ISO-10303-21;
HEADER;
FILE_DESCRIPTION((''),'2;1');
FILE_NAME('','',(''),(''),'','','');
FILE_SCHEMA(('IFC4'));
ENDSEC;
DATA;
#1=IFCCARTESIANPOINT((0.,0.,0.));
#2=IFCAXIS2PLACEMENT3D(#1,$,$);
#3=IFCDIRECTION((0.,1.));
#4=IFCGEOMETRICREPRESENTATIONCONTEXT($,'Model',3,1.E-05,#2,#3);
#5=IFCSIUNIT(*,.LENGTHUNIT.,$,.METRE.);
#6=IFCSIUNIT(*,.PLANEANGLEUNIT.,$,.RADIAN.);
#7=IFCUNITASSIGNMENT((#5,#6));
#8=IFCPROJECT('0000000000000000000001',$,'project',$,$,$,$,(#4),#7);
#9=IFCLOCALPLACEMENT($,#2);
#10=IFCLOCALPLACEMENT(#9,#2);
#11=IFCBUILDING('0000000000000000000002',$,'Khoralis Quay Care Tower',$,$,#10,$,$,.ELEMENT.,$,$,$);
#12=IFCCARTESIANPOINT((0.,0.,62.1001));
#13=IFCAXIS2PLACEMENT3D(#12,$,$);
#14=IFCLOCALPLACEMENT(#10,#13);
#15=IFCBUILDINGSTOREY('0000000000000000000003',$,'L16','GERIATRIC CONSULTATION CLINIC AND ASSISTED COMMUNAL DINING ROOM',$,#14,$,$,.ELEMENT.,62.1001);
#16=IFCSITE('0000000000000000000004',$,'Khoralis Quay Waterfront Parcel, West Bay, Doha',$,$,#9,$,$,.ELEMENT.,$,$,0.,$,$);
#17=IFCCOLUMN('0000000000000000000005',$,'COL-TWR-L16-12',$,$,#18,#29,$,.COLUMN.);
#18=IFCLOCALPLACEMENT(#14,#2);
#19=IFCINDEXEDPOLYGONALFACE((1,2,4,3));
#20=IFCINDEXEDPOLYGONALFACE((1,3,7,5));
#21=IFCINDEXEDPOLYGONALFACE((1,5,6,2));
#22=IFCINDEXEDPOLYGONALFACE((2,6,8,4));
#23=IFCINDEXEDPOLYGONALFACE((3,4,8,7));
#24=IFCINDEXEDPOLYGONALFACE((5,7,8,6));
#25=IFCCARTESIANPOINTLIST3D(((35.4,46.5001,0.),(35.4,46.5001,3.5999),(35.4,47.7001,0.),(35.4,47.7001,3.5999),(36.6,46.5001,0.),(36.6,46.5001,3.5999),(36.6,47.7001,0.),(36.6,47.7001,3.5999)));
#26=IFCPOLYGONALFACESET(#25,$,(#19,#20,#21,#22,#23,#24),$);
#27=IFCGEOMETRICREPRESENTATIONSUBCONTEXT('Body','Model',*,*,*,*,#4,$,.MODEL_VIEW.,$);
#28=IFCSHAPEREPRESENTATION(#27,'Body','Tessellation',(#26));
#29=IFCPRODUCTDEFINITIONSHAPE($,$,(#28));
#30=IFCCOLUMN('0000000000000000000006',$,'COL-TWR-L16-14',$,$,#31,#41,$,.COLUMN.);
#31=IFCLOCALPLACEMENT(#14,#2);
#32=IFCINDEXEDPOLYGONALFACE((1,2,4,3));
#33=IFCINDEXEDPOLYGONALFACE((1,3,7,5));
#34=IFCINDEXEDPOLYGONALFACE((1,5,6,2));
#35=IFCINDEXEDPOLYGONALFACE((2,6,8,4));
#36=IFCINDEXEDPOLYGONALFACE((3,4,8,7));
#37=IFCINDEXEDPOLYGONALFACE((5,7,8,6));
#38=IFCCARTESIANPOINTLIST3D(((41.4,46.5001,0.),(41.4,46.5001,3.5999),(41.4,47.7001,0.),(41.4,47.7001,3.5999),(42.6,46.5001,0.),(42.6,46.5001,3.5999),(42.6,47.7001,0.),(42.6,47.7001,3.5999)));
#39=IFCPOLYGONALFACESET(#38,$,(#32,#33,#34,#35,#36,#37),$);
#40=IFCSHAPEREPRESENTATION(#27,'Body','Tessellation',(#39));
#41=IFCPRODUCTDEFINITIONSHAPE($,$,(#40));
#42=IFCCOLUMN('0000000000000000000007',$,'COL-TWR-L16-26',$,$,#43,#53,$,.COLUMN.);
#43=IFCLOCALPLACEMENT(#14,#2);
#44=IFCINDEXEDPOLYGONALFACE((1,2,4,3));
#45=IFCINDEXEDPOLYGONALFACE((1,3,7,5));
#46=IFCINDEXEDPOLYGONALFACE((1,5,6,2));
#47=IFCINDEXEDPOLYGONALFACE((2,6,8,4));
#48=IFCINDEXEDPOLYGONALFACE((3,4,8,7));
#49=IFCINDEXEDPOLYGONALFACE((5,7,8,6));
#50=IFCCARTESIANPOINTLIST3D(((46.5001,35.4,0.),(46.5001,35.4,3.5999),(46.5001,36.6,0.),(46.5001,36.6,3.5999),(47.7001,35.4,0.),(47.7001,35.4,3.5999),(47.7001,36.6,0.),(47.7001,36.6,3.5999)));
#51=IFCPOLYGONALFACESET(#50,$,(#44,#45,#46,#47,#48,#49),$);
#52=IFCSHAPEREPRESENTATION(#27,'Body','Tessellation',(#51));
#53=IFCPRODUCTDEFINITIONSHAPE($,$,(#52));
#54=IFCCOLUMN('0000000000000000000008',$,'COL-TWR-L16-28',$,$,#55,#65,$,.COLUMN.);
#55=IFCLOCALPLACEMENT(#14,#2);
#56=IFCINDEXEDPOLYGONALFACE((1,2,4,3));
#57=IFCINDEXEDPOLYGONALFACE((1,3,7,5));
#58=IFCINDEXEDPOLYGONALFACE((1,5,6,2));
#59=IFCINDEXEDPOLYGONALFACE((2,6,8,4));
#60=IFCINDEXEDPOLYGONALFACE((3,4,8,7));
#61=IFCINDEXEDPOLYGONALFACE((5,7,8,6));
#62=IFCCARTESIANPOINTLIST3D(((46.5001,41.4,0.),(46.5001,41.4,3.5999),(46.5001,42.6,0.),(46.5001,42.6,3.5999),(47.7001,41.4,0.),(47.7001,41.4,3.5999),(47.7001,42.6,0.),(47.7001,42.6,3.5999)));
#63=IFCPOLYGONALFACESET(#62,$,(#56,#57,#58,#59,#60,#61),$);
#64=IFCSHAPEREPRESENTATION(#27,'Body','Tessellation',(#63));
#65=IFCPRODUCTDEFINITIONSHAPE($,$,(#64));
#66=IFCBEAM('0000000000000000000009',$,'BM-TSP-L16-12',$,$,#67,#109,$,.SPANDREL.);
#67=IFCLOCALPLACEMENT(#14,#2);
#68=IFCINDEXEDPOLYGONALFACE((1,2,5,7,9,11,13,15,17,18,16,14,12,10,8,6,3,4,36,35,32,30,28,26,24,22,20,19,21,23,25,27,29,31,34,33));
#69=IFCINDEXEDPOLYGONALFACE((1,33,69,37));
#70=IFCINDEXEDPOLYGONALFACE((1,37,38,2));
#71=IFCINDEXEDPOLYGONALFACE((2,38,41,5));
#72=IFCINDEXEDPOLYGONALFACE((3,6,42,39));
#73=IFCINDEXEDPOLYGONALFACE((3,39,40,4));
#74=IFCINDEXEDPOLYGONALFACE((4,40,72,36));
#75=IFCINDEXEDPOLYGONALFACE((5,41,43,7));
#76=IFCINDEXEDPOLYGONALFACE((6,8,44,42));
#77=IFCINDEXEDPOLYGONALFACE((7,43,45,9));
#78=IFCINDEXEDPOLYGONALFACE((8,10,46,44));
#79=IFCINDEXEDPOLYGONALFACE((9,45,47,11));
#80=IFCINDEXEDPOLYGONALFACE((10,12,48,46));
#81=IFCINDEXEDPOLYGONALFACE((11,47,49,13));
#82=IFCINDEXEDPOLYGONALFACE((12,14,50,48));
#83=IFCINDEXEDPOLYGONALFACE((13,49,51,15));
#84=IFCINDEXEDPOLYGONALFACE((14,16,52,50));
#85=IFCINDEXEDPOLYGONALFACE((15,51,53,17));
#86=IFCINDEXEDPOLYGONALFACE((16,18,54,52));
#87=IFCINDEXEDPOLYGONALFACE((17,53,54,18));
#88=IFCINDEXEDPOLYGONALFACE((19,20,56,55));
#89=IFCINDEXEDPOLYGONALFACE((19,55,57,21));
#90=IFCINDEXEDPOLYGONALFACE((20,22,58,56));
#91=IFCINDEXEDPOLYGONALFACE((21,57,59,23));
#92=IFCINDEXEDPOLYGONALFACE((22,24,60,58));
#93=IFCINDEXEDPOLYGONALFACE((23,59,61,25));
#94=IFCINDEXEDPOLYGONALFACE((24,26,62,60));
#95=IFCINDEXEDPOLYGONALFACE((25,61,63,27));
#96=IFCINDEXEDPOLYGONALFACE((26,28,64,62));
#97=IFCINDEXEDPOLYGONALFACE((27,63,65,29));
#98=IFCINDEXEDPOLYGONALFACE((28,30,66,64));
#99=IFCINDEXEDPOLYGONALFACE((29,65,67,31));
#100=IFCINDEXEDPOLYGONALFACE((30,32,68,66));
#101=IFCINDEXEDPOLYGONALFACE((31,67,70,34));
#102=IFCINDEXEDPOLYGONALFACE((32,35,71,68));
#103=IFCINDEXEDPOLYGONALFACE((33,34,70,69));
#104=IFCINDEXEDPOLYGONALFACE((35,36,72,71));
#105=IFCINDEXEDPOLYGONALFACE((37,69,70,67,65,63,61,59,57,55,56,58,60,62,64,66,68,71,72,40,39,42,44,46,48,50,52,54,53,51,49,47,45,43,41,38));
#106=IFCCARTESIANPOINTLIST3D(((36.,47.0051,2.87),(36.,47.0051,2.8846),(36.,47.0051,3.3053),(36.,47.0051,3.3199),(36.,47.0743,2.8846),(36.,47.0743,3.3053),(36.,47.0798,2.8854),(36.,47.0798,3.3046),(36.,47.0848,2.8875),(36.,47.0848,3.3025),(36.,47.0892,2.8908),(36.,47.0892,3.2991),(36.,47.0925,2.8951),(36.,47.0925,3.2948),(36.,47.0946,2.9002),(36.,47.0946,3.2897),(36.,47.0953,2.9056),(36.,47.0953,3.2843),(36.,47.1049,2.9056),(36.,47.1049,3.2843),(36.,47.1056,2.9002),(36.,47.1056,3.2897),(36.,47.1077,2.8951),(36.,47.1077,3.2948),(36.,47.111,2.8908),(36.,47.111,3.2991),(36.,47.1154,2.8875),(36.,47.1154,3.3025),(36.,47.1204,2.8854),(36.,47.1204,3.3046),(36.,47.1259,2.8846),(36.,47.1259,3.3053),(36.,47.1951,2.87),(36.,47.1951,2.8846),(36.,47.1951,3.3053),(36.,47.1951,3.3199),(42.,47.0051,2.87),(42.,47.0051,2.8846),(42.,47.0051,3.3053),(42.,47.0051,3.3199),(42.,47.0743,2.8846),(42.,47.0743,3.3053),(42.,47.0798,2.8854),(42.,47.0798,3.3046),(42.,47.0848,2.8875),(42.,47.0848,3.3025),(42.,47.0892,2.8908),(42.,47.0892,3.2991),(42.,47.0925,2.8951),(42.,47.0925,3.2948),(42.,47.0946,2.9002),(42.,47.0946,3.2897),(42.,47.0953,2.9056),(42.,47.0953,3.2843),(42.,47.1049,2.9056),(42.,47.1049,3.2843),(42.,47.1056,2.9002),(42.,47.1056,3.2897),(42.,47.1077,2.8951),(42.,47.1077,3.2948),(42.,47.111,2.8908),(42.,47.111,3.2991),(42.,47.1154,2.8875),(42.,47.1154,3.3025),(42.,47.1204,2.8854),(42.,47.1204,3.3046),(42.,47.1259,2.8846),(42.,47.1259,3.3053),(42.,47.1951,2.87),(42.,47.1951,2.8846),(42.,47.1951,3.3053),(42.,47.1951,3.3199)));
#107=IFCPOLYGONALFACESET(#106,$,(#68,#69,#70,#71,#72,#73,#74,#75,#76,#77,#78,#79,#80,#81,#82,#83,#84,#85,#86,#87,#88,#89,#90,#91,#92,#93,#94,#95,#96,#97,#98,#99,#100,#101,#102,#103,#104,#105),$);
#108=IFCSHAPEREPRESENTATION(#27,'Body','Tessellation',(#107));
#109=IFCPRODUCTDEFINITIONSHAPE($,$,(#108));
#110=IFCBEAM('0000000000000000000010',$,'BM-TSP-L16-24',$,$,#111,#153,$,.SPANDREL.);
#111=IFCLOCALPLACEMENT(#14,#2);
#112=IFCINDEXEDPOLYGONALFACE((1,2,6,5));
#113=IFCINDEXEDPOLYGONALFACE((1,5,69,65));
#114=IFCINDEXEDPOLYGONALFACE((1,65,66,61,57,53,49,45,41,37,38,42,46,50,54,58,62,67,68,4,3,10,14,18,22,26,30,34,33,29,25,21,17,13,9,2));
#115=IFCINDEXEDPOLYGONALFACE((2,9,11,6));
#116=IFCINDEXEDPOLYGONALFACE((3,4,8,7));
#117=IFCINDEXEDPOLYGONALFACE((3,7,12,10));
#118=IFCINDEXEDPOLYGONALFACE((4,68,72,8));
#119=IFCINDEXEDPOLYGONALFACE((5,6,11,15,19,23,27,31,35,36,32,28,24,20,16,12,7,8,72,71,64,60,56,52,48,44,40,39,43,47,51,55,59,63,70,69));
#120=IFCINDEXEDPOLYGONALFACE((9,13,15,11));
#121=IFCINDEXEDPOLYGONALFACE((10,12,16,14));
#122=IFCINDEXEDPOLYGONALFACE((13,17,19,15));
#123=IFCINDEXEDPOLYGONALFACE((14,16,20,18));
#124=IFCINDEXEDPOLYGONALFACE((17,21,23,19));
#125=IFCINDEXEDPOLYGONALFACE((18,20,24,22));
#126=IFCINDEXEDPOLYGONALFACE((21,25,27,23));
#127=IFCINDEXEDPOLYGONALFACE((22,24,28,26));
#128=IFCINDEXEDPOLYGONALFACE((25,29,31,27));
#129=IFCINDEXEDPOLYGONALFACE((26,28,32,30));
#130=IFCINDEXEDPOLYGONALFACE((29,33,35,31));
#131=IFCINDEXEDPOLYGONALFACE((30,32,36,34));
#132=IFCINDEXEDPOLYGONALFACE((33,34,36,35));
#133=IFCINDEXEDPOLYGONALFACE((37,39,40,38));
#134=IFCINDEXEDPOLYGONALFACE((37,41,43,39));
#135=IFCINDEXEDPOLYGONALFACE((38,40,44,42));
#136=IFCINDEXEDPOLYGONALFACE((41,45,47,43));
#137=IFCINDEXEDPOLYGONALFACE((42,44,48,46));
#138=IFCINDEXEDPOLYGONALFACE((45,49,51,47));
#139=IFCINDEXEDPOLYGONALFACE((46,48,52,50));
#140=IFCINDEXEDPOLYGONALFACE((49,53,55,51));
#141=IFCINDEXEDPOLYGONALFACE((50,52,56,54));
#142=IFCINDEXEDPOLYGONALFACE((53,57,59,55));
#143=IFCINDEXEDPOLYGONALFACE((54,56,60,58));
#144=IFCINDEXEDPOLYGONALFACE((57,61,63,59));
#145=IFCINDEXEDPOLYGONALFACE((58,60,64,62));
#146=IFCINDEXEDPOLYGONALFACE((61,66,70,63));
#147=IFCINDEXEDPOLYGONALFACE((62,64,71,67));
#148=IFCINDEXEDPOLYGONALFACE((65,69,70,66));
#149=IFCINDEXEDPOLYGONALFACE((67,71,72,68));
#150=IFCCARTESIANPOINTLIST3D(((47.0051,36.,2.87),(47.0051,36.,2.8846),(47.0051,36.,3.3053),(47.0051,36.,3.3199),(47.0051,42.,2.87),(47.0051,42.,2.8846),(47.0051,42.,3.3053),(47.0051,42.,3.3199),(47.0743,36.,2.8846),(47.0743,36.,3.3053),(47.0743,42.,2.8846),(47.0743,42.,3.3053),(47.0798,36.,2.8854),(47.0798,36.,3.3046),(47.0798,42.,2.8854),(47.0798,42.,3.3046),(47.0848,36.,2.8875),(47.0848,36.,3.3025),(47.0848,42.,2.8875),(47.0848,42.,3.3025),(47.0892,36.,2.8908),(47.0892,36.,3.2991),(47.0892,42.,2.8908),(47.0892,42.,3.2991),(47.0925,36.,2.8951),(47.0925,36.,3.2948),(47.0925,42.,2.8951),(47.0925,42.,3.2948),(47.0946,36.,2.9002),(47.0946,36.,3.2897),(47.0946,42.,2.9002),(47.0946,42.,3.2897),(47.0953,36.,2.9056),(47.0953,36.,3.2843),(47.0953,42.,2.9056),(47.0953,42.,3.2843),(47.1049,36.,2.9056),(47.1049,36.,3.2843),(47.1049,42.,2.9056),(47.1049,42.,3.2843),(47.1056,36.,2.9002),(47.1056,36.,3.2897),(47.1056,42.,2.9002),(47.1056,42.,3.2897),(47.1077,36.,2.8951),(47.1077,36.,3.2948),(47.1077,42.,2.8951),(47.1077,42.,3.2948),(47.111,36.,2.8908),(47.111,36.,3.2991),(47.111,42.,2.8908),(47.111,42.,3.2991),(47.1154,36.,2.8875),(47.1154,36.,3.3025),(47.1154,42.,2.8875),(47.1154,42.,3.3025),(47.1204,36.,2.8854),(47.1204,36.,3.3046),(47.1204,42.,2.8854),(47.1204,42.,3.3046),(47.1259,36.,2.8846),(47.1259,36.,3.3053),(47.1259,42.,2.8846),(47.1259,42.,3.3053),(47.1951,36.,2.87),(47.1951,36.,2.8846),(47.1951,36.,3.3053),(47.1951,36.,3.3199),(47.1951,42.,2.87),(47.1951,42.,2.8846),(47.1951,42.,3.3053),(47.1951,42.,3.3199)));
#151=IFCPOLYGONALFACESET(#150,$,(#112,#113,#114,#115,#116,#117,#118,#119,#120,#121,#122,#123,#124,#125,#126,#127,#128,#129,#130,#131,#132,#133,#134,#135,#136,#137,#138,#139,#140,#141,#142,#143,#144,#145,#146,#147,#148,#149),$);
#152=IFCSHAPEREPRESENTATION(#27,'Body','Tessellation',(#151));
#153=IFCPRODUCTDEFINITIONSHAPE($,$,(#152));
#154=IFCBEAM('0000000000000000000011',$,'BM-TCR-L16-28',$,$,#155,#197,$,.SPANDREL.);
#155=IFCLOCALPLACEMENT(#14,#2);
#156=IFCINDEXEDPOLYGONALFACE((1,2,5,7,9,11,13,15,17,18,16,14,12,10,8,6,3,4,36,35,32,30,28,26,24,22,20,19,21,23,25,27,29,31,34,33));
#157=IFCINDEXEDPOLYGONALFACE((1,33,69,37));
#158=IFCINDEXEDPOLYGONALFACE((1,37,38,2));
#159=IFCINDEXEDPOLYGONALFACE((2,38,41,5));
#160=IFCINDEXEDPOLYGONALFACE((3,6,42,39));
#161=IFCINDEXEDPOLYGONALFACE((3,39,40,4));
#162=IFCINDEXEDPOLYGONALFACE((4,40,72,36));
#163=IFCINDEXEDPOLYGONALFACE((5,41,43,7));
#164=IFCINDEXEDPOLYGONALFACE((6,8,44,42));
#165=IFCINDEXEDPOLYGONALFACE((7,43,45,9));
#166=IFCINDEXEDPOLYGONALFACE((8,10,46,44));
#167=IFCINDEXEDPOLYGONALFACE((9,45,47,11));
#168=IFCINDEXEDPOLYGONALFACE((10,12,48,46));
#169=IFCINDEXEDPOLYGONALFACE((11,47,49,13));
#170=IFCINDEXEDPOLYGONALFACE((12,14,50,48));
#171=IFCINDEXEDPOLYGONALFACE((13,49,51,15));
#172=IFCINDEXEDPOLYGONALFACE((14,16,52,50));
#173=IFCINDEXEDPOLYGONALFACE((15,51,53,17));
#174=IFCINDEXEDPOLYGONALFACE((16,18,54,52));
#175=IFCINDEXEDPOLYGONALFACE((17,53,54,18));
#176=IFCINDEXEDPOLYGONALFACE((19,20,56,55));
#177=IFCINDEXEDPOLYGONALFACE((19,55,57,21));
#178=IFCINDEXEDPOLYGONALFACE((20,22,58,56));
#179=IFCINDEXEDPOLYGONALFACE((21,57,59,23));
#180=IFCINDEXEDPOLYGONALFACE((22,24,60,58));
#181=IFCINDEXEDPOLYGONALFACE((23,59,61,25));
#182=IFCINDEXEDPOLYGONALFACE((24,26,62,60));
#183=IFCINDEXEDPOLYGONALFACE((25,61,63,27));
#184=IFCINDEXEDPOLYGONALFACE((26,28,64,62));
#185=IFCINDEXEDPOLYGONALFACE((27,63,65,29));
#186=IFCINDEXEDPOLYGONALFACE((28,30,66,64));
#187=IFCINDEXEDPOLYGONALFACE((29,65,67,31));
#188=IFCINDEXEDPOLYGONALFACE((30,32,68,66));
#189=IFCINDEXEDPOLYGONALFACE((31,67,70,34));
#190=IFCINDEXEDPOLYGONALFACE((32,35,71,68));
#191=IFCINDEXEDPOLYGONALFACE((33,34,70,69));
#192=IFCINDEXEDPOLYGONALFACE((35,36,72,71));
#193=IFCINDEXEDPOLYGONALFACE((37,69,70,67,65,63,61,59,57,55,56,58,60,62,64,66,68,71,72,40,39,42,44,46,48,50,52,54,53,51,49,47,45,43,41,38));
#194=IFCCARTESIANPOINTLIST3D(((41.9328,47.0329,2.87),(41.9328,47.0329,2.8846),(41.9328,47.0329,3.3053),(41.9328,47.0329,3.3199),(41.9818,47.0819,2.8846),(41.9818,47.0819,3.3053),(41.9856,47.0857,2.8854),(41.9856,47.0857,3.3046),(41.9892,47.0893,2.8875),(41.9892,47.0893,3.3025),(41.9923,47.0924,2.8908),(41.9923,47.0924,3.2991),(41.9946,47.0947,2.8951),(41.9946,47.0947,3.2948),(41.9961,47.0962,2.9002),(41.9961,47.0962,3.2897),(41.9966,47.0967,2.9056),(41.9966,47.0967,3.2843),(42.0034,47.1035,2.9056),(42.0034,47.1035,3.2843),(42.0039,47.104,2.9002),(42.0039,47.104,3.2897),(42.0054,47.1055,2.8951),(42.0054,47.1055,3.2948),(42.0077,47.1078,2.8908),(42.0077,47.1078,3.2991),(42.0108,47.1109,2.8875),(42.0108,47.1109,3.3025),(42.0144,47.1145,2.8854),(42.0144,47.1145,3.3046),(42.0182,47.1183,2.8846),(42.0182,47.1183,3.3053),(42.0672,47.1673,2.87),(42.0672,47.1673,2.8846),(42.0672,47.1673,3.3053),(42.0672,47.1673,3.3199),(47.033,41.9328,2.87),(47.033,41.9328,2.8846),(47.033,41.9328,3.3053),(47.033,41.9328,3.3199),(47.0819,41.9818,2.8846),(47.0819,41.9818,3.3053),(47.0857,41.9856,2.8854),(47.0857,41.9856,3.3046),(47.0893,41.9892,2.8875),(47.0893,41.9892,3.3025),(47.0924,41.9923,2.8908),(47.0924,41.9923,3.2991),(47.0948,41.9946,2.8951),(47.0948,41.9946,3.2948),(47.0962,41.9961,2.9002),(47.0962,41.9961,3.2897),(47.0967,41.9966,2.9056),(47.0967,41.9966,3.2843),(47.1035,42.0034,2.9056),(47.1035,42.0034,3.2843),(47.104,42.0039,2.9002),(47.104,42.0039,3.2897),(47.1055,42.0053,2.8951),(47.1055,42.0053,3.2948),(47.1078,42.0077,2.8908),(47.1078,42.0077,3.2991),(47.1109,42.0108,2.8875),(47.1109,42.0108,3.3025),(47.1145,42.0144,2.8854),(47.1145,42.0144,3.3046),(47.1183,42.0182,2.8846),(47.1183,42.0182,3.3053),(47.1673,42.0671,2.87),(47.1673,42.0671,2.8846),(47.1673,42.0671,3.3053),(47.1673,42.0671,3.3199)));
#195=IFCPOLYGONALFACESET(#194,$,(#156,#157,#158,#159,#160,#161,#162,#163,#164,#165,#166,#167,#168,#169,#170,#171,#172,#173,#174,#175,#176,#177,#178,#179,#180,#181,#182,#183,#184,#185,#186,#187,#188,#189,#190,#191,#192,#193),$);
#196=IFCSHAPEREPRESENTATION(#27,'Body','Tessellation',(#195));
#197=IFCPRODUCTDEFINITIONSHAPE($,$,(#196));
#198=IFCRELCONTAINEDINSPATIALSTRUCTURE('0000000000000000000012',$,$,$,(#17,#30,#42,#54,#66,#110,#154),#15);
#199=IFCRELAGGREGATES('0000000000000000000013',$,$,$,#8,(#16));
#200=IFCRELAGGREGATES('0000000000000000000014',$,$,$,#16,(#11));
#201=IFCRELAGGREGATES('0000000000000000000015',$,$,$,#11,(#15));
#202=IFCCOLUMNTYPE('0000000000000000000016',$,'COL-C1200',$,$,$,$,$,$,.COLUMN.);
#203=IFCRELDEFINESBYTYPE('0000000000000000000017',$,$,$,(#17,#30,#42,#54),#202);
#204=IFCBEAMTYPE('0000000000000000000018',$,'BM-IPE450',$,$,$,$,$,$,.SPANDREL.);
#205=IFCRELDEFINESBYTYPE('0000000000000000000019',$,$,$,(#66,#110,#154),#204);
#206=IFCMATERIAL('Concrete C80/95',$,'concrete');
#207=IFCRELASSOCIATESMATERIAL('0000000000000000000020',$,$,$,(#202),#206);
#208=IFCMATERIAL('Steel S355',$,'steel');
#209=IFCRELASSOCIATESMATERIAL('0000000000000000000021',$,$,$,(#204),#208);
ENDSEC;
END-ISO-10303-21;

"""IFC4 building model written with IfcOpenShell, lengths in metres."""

from ifc_helpers import new_model, si_unit, direction, frame, origin, origin_2d, place, context, subcontext, project, spatial, rectangle, i_section, extrude, source, transform, mapped, material, material_profile, profile_set, type_object, element, save


model = new_model("IFC4")

# Units and contexts
model_context = context("Model", 3, precision=1e-05, world=origin(), true_north=direction((0.0, 1.0)))
body_context = subcontext(model_context, "Body", "Model", "MODEL_VIEW")
ifc_project = project(units=[si_unit("LENGTHUNIT", "METRE"), si_unit("PLANEANGLEUNIT", "RADIAN")], contexts=[model_context])

# Site, building, storey
site_placement = place(None, origin())
site = spatial("IfcSite", under=ifc_project, at=site_placement, Name="Khoralis Quay Waterfront Parcel, West Bay, Doha", CompositionType="ELEMENT", RefElevation=0.0)
building_placement = place(site_placement, origin())
building = spatial("IfcBuilding", under=site, at=building_placement, Name="Khoralis Quay Care Tower", CompositionType="ELEMENT")
storey_placement = place(building_placement, frame((0.0, 0.0, 62.1001)))
storey = spatial("IfcBuildingStorey", under=building, at=storey_placement, Name="L16", Description="GERIATRIC CONSULTATION CLINIC AND ASSISTED COMMUNAL DINING ROOM", CompositionType="ELEMENT", Elevation=62.1001)

# Columns
ifc_material_1 = material(Name="Concrete C80/95", Category="concrete")
ifc_material_profile_1 = material_profile(ifc_material_1, rectangle(XDim=1.2, YDim=1.2, at=origin_2d()), Name="Concrete C80/95")
ifc_profile_set_1 = profile_set([ifc_material_profile_1], Name="Concrete C80/95")
column_type = type_object("IfcColumnType", Name="COL-C1200", PredefinedType="COLUMN", material=ifc_profile_set_1)
shared_shape_1 = source(origin(), body_context, "Body", "SweptSolid", [
    extrude(rectangle(XDim=1.2, YDim=1.2, at=origin_2d()), origin(), (0.0, 0.0, 1.0), 3.5999),
])
for number, where, z_axis, x_axis, name in (
    (1, (36.0, 47.1001, 0.0), (0.0, 0.0, 1.0), (1.0, 0.0, 0.0), "COL-TWR-L16-12"),
    (2, (42.0, 47.1001, 0.0), (0.0, 0.0, 1.0), (1.0, 0.0, 0.0), "COL-TWR-L16-14"),
    (3, (47.1001, 36.0, 0.0), (0.0, 0.0, 1.0), (1.0, 0.0, 0.0), "COL-TWR-L16-26"),
    (4, (47.1001, 42.0, 0.0), (0.0, 0.0, 1.0), (1.0, 0.0, 0.0), "COL-TWR-L16-28"),
):
    element("IfcColumn", number, at=place(storey_placement, frame(where, z_axis=z_axis, x_axis=x_axis)), inside=storey, type_object=column_type, Name=name, PredefinedType="COLUMN", context=body_context, shape_type="MappedRepresentation", body=[
        mapped(shared_shape_1, transform((0.0, 0.0, 0.0), scale=1.0)),
    ])

# Beams
ifc_material_2 = material(Name="Steel S355", Category="steel")
ifc_material_profile_2 = material_profile(ifc_material_2, i_section(OverallWidth=0.1899, OverallDepth=0.45, WebThickness=0.0095, FlangeThickness=0.0146, FilletRadius=0.021, at=origin_2d()), Name="Steel S355")
ifc_profile_set_2 = profile_set([ifc_material_profile_2], Name="Steel S355")
beam_type = type_object("IfcBeamType", Name="BM-IPE450", PredefinedType="SPANDREL", material=ifc_profile_set_2)
shared_shape_2 = source(origin(), body_context, "Body", "SweptSolid", [
    extrude(i_section(OverallWidth=0.1899, OverallDepth=0.45, WebThickness=0.0095, FlangeThickness=0.0146, FilletRadius=0.021, at=origin_2d()), origin(), (0.0, 0.0, 1.0), 6.0),
])
for number, where, z_axis, x_axis, name in (
    (5, (36.0, 47.1001, 3.095), (1.0, 0.0, 0.0), (0.0, 1.0, 0.0), "BM-TSP-L16-12"),
    (6, (47.1001, 36.0, 3.095), (0.0, 1.0, 0.0), (-1.0, 0.0, 0.0), "BM-TSP-L16-24"),
):
    element("IfcBeam", number, at=place(storey_placement, frame(where, z_axis=z_axis, x_axis=x_axis)), inside=storey, type_object=beam_type, Name=name, PredefinedType="SPANDREL", context=body_context, shape_type="MappedRepresentation", body=[
        mapped(shared_shape_2, transform((0.0, 0.0, 0.0), scale=1.0)),
    ])
shared_shape_3 = source(origin(), body_context, "Body", "SweptSolid", [
    extrude(i_section(OverallWidth=0.1899, OverallDepth=0.45, WebThickness=0.0095, FlangeThickness=0.0146, FilletRadius=0.021, at=origin_2d()), origin(), (0.0, 0.0, 1.0), 7.2126),
])
beam_placement = place(storey_placement, frame((42.0, 47.1001, 3.095), z_axis=(0.707107, -0.707107, 0.0), x_axis=(0.707107, 0.707107, 0.0)))
element("IfcBeam", 7, at=beam_placement, inside=storey, type_object=beam_type, Name="BM-TCR-L16-28", PredefinedType="SPANDREL", context=body_context, shape_type="MappedRepresentation", body=[
    mapped(shared_shape_3, transform((0.0, 0.0, 0.0), scale=1.0)),
])

save(model, "model.ifc")
